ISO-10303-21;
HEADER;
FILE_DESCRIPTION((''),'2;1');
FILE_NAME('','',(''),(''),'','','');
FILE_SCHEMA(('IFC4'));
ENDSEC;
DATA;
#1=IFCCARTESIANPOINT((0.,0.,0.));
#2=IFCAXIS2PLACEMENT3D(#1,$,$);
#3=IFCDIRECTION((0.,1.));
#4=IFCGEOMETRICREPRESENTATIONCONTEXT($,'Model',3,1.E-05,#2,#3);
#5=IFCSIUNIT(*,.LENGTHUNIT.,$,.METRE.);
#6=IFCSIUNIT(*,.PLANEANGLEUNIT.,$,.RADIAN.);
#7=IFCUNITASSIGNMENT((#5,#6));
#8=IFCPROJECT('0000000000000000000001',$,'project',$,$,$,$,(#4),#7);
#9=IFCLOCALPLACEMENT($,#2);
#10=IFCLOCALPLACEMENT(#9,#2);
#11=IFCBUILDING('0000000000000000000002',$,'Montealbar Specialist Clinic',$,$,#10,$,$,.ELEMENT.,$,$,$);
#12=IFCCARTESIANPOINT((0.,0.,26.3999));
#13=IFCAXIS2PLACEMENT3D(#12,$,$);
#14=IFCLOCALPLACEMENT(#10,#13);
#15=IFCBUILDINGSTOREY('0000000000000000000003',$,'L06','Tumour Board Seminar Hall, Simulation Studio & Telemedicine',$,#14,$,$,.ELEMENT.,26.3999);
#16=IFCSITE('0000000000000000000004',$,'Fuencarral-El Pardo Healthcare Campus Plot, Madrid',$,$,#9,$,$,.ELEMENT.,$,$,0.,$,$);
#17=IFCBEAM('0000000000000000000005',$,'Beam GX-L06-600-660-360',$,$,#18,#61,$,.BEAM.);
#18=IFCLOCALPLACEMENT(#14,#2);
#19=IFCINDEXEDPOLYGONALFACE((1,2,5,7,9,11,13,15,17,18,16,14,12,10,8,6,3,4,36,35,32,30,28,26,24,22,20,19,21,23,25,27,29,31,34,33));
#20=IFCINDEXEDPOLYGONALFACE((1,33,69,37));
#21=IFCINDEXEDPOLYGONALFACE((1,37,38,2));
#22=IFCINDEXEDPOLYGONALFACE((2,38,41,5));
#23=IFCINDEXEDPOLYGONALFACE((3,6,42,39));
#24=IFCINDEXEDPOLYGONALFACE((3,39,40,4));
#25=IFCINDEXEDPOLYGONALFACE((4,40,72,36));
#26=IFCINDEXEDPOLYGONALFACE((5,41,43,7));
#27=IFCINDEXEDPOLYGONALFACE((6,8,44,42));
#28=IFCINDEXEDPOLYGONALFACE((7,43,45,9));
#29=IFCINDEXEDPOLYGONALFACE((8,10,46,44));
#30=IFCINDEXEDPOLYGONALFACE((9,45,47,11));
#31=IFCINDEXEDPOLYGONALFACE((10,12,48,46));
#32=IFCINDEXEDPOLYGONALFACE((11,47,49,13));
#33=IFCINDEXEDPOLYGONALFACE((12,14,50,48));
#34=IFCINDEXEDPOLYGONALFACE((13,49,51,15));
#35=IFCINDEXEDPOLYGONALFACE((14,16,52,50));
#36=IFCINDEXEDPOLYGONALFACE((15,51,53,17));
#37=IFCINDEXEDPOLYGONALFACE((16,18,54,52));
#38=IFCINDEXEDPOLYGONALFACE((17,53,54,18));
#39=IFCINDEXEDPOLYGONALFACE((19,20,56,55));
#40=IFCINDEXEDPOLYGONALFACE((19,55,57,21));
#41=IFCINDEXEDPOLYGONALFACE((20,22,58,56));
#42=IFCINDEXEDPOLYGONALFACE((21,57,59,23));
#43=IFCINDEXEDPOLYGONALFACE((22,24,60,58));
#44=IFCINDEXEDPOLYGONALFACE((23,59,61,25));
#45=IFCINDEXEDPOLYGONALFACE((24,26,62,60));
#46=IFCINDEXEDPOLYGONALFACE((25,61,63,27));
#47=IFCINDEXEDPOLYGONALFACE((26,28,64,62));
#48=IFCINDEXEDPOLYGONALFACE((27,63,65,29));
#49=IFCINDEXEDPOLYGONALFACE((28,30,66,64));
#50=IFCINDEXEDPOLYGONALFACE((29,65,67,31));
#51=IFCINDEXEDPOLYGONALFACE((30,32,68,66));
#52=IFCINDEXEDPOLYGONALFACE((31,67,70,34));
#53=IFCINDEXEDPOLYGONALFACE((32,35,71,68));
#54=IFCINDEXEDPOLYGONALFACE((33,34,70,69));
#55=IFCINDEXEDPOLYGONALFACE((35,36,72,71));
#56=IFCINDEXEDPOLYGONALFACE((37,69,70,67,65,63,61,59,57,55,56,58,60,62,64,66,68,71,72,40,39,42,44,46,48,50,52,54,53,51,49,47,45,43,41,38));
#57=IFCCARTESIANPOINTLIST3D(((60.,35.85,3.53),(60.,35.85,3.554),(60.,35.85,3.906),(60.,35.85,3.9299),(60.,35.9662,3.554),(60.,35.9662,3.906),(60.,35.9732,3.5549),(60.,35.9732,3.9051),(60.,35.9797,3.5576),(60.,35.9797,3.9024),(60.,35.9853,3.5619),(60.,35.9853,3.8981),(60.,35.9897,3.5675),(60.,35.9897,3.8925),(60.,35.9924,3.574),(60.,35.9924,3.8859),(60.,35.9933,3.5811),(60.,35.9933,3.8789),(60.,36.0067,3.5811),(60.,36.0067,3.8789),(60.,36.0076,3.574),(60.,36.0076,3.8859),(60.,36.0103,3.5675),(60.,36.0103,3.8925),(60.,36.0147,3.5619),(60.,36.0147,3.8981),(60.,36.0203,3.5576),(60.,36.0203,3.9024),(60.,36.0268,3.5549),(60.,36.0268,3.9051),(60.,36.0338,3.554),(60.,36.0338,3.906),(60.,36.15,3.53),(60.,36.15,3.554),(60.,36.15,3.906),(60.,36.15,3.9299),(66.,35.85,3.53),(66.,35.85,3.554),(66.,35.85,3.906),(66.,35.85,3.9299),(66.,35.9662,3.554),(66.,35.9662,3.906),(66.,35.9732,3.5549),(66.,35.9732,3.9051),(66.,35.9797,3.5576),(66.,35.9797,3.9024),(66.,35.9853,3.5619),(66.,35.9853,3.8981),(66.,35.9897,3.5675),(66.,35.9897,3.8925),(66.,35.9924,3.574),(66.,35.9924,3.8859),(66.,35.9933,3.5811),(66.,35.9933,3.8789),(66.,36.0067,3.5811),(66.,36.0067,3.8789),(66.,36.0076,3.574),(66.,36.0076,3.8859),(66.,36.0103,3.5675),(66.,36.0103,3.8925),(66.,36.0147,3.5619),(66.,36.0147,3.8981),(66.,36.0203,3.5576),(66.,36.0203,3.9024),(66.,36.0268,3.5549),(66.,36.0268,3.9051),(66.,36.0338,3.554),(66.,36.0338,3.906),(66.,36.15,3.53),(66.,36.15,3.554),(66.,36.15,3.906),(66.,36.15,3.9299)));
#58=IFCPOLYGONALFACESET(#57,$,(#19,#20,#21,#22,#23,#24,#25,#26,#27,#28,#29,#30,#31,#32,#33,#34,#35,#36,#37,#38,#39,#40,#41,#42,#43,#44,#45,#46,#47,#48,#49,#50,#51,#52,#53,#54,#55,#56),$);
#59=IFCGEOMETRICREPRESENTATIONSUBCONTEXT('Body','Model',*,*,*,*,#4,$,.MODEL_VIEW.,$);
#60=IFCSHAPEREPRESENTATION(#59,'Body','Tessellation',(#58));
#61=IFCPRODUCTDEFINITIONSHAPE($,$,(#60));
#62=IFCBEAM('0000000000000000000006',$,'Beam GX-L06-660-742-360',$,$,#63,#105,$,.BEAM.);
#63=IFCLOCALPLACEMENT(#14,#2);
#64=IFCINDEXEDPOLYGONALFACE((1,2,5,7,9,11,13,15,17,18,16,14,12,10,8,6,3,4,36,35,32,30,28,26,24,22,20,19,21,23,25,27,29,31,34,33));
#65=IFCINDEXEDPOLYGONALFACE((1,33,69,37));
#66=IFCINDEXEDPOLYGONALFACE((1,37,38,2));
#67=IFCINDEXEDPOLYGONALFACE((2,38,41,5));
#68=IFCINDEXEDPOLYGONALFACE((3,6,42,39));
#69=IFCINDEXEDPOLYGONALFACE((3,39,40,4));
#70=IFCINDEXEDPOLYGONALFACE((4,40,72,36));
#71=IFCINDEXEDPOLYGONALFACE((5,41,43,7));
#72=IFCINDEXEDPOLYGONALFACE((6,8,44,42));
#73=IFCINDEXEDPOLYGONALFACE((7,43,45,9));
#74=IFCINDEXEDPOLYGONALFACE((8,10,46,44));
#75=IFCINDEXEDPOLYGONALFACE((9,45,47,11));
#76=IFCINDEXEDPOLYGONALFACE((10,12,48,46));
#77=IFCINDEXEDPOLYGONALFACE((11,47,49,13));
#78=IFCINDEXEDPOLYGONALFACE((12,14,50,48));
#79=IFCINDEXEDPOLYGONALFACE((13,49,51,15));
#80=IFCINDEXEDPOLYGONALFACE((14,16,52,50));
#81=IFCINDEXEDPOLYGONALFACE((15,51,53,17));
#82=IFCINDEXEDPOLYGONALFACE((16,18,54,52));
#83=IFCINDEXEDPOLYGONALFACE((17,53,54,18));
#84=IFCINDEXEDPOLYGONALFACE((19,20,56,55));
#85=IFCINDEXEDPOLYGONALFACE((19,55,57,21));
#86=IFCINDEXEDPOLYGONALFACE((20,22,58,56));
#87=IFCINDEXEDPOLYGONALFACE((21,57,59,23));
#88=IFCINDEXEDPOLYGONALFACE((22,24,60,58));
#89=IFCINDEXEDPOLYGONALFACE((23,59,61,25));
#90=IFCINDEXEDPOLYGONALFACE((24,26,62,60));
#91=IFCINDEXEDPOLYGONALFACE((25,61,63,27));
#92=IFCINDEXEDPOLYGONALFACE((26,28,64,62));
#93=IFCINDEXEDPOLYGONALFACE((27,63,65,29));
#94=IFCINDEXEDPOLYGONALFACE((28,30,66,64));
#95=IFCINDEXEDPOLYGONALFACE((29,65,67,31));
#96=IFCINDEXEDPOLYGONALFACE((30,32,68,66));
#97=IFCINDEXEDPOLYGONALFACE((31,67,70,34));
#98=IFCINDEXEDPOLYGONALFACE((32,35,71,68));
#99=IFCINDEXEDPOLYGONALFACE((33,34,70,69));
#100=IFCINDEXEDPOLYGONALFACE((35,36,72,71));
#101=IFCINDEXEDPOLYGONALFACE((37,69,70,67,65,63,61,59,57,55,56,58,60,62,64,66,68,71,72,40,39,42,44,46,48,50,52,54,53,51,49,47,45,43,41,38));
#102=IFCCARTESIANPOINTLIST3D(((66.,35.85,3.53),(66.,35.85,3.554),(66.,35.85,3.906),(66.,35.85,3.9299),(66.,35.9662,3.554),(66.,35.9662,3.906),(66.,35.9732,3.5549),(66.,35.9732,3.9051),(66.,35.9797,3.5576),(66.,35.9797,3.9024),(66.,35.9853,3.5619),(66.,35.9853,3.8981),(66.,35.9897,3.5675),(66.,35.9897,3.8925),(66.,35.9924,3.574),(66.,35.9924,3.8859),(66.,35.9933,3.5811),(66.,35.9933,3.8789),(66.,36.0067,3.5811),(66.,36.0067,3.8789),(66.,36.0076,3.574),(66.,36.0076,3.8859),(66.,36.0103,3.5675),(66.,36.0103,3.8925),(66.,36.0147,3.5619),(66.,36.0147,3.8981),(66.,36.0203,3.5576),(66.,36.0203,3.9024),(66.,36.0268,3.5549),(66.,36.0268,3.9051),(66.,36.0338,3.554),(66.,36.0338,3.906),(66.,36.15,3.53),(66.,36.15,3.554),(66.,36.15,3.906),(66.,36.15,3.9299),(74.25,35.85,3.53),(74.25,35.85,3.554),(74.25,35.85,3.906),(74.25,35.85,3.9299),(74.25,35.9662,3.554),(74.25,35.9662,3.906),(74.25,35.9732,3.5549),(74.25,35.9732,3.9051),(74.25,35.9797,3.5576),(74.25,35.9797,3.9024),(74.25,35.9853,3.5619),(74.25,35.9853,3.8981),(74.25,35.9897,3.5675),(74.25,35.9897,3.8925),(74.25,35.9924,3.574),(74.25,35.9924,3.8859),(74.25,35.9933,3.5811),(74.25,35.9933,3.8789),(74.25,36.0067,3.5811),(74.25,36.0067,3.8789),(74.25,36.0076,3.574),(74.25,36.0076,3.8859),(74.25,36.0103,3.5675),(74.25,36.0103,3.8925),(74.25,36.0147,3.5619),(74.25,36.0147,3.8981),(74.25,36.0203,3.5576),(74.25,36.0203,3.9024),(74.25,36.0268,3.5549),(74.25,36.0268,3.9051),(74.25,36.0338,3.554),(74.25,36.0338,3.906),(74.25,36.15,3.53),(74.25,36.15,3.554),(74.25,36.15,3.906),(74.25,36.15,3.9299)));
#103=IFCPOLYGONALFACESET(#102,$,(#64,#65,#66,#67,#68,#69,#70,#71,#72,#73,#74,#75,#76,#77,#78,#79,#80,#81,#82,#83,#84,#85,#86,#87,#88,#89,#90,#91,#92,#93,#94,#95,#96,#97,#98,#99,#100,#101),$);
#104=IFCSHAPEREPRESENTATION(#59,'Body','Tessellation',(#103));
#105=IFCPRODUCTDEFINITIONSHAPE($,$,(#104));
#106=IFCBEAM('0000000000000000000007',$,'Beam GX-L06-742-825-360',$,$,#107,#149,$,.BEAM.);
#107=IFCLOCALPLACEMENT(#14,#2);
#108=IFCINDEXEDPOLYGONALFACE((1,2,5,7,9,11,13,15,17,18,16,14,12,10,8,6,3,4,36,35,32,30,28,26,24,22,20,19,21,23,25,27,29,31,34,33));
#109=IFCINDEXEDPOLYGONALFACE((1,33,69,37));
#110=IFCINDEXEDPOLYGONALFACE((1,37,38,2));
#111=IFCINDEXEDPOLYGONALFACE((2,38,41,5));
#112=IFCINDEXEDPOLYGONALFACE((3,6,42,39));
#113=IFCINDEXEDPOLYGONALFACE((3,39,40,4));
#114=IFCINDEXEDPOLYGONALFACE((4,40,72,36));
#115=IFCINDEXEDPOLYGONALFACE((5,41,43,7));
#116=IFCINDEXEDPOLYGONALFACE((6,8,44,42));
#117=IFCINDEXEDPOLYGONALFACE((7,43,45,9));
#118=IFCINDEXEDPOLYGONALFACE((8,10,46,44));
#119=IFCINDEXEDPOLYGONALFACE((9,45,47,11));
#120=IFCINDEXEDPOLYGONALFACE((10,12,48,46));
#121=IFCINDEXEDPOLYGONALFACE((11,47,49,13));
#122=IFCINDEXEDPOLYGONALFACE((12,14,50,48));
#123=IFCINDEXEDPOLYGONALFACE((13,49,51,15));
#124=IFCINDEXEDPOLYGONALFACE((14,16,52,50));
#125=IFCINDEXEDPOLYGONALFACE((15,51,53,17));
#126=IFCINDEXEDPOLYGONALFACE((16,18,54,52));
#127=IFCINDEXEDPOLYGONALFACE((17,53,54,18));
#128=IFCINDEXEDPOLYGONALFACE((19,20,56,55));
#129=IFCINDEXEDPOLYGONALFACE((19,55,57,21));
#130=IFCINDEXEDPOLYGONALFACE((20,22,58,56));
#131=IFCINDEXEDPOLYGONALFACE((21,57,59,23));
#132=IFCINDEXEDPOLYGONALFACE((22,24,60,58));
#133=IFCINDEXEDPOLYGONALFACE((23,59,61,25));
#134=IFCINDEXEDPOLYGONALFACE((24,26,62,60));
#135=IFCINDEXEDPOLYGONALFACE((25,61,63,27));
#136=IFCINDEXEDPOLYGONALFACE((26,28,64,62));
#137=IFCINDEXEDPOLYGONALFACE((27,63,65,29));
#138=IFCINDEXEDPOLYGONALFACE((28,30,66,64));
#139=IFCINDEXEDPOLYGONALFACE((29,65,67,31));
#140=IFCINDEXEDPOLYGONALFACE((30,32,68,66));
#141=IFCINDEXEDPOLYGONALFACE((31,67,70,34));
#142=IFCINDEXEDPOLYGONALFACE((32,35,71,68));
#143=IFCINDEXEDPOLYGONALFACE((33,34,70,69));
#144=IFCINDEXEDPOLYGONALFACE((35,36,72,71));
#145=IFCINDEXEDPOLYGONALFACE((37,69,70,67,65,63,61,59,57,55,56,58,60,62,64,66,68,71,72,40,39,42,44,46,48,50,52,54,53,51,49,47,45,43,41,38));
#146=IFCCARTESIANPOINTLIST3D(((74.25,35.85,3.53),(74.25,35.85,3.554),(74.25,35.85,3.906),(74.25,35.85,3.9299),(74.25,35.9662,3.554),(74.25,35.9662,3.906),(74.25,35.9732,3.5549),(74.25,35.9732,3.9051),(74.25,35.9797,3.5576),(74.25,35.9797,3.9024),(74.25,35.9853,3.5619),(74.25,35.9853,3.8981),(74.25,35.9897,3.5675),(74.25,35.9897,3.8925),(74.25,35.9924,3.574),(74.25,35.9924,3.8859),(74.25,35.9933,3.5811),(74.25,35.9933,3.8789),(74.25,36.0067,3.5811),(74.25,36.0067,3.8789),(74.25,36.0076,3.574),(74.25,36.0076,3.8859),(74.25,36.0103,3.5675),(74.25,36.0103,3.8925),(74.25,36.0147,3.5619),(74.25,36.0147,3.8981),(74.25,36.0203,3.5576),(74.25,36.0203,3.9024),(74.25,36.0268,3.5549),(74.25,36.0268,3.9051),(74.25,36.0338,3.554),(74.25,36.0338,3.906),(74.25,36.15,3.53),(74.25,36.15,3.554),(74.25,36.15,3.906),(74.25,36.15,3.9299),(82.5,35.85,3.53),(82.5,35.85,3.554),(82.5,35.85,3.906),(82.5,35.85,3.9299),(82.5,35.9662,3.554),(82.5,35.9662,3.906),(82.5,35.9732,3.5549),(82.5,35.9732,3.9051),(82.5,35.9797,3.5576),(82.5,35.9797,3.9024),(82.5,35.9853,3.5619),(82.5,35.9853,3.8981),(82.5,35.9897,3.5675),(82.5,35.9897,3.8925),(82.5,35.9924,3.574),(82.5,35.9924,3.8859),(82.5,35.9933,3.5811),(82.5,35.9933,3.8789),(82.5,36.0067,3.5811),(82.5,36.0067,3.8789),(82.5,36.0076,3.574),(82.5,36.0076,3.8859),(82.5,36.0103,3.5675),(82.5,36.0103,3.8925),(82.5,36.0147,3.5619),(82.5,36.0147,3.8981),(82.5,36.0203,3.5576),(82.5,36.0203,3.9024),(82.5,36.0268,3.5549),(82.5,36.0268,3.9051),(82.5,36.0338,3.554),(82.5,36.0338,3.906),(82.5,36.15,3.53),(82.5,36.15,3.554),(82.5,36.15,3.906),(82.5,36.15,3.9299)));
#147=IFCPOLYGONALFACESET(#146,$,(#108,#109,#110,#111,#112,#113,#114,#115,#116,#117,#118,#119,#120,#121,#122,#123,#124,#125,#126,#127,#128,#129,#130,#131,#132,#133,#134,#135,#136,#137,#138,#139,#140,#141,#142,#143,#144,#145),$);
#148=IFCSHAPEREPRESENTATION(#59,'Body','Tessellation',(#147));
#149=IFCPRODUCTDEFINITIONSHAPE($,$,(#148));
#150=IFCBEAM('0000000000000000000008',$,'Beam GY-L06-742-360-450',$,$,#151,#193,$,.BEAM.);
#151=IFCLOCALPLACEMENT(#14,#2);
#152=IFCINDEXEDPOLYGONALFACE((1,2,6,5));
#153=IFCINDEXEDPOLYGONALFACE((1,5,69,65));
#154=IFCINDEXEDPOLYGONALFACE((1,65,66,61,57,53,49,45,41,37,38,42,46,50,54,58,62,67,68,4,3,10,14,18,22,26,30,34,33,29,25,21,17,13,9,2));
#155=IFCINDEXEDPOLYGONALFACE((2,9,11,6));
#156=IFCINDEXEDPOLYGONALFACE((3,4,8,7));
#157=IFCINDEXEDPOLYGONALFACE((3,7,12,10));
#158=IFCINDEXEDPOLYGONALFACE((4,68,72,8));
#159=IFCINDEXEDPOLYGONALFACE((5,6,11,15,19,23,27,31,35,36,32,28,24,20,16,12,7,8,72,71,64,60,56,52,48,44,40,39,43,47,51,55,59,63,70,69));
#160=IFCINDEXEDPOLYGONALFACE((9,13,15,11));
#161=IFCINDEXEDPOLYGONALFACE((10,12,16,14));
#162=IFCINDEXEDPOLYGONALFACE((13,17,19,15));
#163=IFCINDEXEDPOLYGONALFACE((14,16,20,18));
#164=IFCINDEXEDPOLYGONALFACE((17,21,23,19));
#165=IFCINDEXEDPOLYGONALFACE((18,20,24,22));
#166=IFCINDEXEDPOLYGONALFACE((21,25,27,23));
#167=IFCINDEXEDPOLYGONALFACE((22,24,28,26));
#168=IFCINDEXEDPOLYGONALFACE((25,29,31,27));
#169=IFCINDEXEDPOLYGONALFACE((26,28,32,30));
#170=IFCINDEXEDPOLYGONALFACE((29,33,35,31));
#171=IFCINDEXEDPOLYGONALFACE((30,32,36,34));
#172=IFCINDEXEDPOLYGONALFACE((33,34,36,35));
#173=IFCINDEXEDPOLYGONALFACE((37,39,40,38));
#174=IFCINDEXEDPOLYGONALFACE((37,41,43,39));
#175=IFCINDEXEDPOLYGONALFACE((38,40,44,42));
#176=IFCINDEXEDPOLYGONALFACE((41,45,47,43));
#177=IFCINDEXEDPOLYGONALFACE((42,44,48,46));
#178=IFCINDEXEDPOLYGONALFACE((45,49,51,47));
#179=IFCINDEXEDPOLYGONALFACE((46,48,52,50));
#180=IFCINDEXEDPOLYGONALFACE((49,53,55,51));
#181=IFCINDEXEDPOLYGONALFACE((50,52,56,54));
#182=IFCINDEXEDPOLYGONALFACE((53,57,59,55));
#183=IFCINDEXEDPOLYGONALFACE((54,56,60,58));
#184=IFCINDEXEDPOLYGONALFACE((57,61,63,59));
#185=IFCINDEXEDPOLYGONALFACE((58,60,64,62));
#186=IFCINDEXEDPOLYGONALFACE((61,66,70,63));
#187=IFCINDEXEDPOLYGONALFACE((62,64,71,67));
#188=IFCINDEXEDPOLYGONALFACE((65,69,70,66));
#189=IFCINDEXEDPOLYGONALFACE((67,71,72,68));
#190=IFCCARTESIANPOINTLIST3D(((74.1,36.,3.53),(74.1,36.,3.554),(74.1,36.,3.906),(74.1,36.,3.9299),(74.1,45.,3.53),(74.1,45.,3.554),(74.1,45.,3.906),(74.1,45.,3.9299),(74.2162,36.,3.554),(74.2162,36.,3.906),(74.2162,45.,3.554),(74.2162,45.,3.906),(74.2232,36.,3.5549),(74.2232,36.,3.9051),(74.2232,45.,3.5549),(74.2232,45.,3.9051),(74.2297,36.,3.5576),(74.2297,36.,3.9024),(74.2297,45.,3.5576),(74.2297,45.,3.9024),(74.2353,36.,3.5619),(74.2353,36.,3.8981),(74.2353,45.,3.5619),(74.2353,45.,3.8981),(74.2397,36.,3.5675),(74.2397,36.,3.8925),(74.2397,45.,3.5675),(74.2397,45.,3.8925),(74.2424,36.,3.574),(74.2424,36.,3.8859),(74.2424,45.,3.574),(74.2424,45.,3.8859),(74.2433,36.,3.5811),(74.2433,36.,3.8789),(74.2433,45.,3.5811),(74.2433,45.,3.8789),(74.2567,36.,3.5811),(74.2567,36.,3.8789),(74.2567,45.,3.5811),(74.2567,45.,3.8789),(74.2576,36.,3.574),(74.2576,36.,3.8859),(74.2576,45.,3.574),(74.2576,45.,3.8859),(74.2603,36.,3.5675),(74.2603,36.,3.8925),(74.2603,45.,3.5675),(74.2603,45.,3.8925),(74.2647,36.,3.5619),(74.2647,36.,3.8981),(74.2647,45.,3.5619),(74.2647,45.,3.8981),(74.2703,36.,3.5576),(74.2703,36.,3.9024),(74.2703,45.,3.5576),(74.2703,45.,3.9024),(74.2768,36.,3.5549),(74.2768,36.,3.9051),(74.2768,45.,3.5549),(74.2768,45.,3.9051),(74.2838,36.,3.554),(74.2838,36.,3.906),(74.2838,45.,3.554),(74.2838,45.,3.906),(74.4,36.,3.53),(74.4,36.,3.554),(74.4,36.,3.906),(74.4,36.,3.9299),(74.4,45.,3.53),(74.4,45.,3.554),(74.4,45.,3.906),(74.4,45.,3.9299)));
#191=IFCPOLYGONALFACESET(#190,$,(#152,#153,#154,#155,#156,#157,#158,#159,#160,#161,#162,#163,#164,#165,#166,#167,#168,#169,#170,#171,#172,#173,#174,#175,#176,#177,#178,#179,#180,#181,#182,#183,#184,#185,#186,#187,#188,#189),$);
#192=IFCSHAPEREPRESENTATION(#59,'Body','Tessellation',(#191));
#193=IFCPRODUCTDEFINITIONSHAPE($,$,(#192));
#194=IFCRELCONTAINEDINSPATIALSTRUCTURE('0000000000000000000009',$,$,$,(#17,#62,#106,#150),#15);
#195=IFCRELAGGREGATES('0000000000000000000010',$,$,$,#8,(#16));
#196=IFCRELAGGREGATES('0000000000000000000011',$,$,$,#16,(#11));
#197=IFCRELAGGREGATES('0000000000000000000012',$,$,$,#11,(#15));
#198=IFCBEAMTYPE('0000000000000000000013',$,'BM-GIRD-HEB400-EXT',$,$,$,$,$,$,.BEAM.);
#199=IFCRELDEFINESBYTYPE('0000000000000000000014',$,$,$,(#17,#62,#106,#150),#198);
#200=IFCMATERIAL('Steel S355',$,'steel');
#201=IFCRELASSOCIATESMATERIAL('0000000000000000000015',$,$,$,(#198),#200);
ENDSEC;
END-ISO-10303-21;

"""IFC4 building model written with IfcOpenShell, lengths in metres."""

from ifc_helpers import new_model, si_unit, direction, frame, origin, origin_2d, place, context, subcontext, project, spatial, i_section, extrude, material, material_profile, profile_set, type_object, element, save


model = new_model("IFC4")

# Units and contexts
model_context = context("Model", 3, precision=1e-05, world=origin(), true_north=direction((0.0, 1.0)))
body_context = subcontext(model_context, "Body", "Model", "MODEL_VIEW")
ifc_project = project(units=[si_unit("LENGTHUNIT", "METRE"), si_unit("PLANEANGLEUNIT", "RADIAN")], contexts=[model_context])

# Site, building, storey
site_placement = place(None, origin())
site = spatial("IfcSite", under=ifc_project, at=site_placement, Name="Fuencarral-El Pardo Healthcare Campus Plot, Madrid", CompositionType="ELEMENT", RefElevation=0.0)
building_placement = place(site_placement, origin())
building = spatial("IfcBuilding", under=site, at=building_placement, Name="Montealbar Specialist Clinic", CompositionType="ELEMENT")
storey_placement = place(building_placement, frame((0.0, 0.0, 26.3999)))
storey = spatial("IfcBuildingStorey", under=building, at=storey_placement, Name="L06", Description="Tumour Board Seminar Hall, Simulation Studio & Telemedicine", CompositionType="ELEMENT", Elevation=26.3999)

# Shared definitions
ifc_material_1 = material(Name="Steel S355", Category="steel")

# Beams
ifc_material_profile_1 = material_profile(ifc_material_1, i_section(OverallWidth=0.3, OverallDepth=0.3999, WebThickness=0.0134, FlangeThickness=0.0239, FilletRadius=0.0271, at=origin_2d()), Name="HEB 400", Category="steel")
ifc_profile_set_1 = profile_set([ifc_material_profile_1], Name="Steel S355")
beam_type_1 = type_object("IfcBeamType", Name="BM-GIRD-HEB400-EXT", PredefinedType="BEAM", material=ifc_profile_set_1)
beam_1_placement = place(storey_placement, frame((60.0, 36.0, 3.73), z_axis=(1.0, 0.0, 0.0), x_axis=(0.0, 1.0, 0.0)))
element("IfcBeam", 1, at=beam_1_placement, inside=storey, type_object=beam_type_1, Name="Beam GX-L06-600-660-360", PredefinedType="BEAM", context=body_context, shape_type="SweptSolid", body=[
    extrude(i_section(OverallWidth=0.3, OverallDepth=0.3999, WebThickness=0.0134, FlangeThickness=0.0239, FilletRadius=0.0271, at=origin_2d()), origin(), (0.0, 0.0, 1.0), 6.0),
])
for number, where, z_axis, x_axis, name in (
    (2, (66.0, 36.0, 3.73), (1.0, 0.0, 0.0), (0.0, 1.0, 0.0), "Beam GX-L06-660-742-360"),
    (3, (74.25, 36.0, 3.73), (1.0, 0.0, 0.0), (0.0, 1.0, 0.0), "Beam GX-L06-742-825-360"),
):
    element("IfcBeam", number, at=place(storey_placement, frame(where, z_axis=z_axis, x_axis=x_axis)), inside=storey, type_object=beam_type_1, Name=name, PredefinedType="BEAM", context=body_context, shape_type="SweptSolid", body=[
        extrude(i_section(OverallWidth=0.3, OverallDepth=0.3999, WebThickness=0.0134, FlangeThickness=0.0239, FilletRadius=0.0271, at=origin_2d()), origin(), (0.0, 0.0, 1.0), 8.25),
    ])
beam_2_placement = place(storey_placement, frame((74.25, 36.0, 3.73), z_axis=(0.0, 1.0, 0.0), x_axis=(-1.0, 0.0, 0.0)))
element("IfcBeam", 4, at=beam_2_placement, inside=storey, type_object=beam_type_1, Name="Beam GY-L06-742-360-450", PredefinedType="BEAM", context=body_context, shape_type="SweptSolid", body=[
    extrude(i_section(OverallWidth=0.3, OverallDepth=0.3999, WebThickness=0.0134, FlangeThickness=0.0239, FilletRadius=0.0271, at=origin_2d()), origin(), (0.0, 0.0, 1.0), 9.0),
])

save(model, "model.ifc")
